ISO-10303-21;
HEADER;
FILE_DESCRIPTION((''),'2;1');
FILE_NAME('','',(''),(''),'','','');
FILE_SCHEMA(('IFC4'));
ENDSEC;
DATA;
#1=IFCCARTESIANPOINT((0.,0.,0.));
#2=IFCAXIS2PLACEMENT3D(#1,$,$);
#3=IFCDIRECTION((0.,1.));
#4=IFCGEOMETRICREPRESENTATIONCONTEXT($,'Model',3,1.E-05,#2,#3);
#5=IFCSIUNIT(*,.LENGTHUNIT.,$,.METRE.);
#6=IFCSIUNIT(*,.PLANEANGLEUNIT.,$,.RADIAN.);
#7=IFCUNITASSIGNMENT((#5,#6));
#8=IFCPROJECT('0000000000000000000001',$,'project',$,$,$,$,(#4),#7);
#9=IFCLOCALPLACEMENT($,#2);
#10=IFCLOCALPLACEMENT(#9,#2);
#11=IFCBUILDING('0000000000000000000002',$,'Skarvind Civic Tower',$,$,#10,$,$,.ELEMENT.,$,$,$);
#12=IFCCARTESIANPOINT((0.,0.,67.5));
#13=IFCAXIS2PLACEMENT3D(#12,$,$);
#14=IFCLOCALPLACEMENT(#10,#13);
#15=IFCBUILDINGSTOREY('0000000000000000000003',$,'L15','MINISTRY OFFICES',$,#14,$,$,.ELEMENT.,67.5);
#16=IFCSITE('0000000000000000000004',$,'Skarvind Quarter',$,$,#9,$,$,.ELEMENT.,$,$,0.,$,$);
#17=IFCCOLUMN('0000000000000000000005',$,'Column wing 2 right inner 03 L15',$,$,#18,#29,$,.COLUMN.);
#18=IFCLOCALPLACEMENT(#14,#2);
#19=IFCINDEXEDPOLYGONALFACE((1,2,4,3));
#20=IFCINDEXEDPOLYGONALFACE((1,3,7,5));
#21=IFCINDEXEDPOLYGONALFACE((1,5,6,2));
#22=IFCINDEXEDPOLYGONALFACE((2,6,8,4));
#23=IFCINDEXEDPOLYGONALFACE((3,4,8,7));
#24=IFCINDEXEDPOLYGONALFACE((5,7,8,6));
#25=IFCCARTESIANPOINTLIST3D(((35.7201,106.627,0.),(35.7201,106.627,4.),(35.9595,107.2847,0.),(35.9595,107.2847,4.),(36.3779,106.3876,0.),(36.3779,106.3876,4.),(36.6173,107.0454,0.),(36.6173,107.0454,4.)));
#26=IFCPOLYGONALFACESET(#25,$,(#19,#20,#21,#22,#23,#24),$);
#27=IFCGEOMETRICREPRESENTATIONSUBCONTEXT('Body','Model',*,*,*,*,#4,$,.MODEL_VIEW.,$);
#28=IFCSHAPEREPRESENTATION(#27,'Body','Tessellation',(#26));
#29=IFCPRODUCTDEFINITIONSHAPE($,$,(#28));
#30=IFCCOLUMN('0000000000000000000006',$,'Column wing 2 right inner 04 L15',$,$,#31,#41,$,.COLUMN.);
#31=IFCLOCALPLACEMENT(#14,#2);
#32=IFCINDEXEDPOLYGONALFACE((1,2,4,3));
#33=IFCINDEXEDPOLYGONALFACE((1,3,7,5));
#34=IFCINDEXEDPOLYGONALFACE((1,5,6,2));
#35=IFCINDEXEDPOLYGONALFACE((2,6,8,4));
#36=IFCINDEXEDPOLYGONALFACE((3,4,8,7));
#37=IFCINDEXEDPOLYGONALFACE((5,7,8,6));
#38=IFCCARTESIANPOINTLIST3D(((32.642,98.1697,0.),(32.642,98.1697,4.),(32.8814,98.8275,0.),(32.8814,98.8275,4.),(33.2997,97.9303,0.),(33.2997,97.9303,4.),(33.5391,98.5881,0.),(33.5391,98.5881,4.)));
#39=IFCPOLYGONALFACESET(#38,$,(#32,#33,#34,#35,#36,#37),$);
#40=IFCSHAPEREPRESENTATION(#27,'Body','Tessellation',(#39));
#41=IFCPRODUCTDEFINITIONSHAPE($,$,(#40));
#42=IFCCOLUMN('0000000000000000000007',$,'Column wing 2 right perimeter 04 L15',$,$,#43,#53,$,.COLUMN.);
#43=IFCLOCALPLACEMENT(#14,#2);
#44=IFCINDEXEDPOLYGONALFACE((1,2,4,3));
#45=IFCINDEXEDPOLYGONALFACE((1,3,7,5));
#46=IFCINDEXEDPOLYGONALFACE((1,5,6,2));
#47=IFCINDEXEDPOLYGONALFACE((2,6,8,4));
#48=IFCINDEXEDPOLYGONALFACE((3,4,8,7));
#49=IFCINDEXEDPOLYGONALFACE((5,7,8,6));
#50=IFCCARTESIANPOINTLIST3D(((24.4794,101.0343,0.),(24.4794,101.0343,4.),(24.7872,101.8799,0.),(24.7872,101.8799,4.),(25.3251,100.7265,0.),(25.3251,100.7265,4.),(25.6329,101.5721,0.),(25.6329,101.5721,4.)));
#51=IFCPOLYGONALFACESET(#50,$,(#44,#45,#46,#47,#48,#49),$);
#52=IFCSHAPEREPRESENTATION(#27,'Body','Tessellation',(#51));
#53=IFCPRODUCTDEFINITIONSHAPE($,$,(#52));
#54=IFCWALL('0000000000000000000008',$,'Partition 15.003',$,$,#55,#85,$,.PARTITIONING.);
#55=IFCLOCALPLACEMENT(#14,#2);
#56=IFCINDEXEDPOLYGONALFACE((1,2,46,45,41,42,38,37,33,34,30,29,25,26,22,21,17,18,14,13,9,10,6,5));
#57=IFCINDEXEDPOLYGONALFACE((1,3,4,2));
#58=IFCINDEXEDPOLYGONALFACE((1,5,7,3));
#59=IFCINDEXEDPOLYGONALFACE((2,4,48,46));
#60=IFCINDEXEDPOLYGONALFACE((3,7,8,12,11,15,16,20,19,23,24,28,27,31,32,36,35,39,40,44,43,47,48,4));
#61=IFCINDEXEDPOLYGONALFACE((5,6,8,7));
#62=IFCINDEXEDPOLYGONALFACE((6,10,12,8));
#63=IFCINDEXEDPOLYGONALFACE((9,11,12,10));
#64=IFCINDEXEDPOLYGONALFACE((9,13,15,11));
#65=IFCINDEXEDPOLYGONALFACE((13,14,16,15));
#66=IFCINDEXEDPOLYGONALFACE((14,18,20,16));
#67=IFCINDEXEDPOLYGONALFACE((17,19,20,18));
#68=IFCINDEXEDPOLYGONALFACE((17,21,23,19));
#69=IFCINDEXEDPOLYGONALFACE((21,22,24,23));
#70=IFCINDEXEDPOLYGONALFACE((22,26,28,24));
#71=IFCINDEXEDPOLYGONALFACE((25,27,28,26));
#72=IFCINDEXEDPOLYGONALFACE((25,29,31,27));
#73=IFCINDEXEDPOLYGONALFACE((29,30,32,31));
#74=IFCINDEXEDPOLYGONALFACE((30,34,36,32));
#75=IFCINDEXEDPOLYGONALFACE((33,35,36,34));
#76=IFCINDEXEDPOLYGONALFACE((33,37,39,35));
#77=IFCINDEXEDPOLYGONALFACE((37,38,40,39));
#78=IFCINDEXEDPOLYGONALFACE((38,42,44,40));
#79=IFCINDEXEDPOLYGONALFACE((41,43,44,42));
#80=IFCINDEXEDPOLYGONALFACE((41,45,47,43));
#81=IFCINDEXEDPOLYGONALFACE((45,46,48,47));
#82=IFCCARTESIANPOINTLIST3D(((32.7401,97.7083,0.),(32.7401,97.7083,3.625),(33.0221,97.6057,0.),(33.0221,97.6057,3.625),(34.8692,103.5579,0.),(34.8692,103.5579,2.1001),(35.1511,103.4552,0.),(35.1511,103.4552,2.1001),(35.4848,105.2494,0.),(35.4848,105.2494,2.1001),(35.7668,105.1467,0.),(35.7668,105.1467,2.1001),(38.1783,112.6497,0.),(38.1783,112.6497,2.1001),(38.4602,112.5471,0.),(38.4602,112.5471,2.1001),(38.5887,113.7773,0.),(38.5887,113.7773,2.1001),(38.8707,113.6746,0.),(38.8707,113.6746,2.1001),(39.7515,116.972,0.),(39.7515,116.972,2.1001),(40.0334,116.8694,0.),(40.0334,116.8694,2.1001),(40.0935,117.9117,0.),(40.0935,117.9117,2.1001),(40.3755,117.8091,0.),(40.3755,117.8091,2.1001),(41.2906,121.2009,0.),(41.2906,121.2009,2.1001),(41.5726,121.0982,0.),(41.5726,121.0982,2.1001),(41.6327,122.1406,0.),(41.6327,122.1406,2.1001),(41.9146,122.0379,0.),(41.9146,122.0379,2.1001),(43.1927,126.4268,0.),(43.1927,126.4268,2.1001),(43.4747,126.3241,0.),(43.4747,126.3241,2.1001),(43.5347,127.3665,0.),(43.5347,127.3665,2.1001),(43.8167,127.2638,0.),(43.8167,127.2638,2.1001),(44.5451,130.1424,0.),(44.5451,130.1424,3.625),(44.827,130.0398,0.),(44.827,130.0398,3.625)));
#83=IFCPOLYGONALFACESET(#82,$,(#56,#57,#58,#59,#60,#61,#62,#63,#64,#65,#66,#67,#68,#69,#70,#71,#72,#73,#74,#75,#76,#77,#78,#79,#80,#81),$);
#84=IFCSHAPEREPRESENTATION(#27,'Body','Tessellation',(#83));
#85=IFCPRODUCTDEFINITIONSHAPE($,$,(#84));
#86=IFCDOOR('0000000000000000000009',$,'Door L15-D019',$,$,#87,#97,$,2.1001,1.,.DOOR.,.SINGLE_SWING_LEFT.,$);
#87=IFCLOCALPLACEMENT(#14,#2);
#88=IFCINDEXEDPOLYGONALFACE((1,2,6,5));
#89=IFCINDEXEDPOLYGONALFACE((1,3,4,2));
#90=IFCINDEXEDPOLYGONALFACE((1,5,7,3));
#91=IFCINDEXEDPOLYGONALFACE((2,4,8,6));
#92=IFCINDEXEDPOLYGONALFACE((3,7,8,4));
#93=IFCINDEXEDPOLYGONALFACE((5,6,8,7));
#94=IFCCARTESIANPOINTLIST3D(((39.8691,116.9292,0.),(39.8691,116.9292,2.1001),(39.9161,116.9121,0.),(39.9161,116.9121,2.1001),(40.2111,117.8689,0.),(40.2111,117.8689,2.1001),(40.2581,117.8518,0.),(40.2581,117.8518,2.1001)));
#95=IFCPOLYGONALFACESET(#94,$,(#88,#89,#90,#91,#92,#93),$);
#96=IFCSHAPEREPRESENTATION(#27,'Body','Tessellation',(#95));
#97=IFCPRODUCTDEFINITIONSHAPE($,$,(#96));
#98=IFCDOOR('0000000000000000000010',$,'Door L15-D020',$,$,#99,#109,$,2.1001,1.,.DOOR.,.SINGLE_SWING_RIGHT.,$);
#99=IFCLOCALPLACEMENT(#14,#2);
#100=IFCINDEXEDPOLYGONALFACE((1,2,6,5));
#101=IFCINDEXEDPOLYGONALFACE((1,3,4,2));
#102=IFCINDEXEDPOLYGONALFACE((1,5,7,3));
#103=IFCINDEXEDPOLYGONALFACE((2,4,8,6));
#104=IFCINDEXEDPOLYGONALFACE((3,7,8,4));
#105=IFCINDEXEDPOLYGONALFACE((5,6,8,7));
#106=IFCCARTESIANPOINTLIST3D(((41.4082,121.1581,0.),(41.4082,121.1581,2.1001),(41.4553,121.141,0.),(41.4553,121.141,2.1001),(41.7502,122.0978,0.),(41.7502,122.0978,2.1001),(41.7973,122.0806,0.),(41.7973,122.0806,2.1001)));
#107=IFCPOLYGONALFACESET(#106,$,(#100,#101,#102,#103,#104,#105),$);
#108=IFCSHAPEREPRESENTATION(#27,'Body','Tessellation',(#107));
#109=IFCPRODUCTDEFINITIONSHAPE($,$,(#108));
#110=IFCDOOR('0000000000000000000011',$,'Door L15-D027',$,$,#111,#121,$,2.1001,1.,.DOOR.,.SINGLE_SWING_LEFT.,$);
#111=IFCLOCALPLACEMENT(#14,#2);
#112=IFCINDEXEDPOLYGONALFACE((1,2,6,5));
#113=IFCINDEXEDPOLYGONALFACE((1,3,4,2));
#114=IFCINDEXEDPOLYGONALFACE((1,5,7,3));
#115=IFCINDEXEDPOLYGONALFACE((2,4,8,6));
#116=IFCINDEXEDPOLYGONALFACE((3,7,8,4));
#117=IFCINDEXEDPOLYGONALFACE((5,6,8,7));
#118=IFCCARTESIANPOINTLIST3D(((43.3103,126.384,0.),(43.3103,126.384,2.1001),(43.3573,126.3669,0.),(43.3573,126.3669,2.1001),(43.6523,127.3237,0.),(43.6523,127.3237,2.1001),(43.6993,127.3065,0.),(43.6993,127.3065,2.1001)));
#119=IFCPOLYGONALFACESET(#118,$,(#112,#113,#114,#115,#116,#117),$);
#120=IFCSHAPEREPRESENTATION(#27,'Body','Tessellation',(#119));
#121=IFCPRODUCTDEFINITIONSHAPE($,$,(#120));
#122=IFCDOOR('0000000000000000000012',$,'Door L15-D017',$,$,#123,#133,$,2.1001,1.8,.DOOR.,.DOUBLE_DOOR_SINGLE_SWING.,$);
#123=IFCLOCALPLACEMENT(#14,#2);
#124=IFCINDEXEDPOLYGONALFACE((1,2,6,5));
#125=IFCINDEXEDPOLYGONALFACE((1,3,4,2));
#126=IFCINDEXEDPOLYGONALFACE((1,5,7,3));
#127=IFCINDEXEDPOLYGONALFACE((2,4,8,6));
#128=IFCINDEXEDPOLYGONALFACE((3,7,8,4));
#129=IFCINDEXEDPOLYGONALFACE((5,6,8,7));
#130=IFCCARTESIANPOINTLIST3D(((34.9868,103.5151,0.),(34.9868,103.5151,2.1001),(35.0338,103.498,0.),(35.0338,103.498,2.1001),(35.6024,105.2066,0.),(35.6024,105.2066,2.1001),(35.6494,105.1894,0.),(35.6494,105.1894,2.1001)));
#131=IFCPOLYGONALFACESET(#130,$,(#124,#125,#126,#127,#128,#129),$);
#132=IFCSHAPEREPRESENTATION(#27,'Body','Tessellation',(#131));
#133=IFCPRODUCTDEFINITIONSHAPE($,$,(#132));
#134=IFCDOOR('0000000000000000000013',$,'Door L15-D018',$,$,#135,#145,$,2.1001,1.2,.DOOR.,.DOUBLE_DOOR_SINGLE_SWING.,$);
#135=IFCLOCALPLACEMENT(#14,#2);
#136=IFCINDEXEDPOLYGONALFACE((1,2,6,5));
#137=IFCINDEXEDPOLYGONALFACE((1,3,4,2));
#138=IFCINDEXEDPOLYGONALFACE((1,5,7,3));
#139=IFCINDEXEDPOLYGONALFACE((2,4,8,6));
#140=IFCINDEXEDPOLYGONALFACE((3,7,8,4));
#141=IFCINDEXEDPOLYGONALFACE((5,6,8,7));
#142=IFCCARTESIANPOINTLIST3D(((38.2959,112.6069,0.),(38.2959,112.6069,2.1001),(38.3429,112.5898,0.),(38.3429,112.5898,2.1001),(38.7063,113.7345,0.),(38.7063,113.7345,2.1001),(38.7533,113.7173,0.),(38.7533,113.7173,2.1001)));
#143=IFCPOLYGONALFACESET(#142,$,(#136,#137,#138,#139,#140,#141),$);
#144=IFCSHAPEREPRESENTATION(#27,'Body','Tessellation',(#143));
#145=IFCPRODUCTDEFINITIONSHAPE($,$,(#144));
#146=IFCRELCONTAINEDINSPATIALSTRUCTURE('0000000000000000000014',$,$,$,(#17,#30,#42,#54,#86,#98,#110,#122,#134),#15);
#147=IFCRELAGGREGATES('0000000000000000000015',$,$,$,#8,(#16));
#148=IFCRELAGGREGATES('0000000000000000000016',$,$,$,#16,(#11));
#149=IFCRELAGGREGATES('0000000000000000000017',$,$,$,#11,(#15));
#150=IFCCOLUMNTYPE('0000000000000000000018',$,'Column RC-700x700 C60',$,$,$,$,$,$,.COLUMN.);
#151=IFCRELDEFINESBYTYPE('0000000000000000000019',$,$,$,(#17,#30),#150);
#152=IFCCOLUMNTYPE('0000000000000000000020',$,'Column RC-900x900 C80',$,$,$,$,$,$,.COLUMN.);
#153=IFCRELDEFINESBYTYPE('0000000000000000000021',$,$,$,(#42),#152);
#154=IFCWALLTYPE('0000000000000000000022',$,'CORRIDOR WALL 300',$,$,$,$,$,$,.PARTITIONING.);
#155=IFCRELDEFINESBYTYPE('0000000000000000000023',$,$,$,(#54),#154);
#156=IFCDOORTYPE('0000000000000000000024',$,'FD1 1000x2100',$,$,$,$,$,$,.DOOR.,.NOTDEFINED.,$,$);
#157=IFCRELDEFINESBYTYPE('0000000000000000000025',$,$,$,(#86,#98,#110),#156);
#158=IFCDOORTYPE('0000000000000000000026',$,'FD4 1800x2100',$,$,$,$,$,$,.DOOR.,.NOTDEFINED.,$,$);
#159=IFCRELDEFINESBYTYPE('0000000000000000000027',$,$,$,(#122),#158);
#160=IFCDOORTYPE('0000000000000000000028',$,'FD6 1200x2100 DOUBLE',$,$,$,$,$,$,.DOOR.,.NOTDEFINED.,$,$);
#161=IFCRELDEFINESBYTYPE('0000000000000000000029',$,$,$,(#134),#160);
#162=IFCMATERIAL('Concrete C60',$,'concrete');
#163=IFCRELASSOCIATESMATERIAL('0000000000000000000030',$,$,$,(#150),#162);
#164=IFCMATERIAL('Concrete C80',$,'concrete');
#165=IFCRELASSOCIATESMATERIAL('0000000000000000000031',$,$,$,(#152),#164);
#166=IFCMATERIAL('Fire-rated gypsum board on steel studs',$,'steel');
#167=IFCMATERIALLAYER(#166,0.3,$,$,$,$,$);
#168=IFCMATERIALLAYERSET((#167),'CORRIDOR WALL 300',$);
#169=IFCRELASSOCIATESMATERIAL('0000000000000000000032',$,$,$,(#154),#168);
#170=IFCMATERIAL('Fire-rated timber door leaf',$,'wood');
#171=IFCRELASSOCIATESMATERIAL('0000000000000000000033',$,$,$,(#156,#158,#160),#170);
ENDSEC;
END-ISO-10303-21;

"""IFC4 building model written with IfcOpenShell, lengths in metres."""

from ifc_helpers import new_model, si_unit, direction, frame, frame_2d, origin, origin_2d, place, context, subcontext, project, spatial, rectangle, extrude, material, layer, layer_set, material_profile, profile_set, type_object, element, fill, save


model = new_model("IFC4")

# Units and contexts
model_context = context("Model", 3, precision=1e-05, world=origin(), true_north=direction((0.0, 1.0)))
body_context = subcontext(model_context, "Body", "Model", "MODEL_VIEW")
ifc_project = project(units=[si_unit("LENGTHUNIT", "METRE"), si_unit("PLANEANGLEUNIT", "RADIAN")], contexts=[model_context])

# Site, building, storey
site_placement = place(None, origin())
site = spatial("IfcSite", under=ifc_project, at=site_placement, Name="Skarvind Quarter", CompositionType="ELEMENT", RefElevation=0.0)
building_placement = place(site_placement, origin())
building = spatial("IfcBuilding", under=site, at=building_placement, Name="Skarvind Civic Tower", CompositionType="ELEMENT")
storey_placement = place(building_placement, frame((0.0, 0.0, 67.5)))
storey = spatial("IfcBuildingStorey", under=building, at=storey_placement, Name="L15", Description="MINISTRY OFFICES", CompositionType="ELEMENT", Elevation=67.5)

# Columns
ifc_material_1 = material(Name="Concrete C60", Category="concrete")
ifc_material_profile_1 = material_profile(ifc_material_1, rectangle(XDim=0.7, YDim=0.7, at=origin_2d()), Name="RC-700x700")
ifc_profile_set_1 = profile_set([ifc_material_profile_1], Name="Concrete C60")
column_type_1 = type_object("IfcColumnType", Name="Column RC-700x700 C60", PredefinedType="COLUMN", material=ifc_profile_set_1)
for number, where, z_axis, x_axis, name in (
    (1, (36.1687, 106.8362, 0.0), (0.0, 0.0, 1.0), (-0.34202, -0.939693, 0.0), "Column wing 2 right inner 03 L15"),
    (2, (33.0906, 98.3789, 0.0), (0.0, 0.0, 1.0), (-0.34202, -0.939693, 0.0), "Column wing 2 right inner 04 L15"),
):
    element("IfcColumn", number, at=place(storey_placement, frame(where, z_axis=z_axis, x_axis=x_axis)), inside=storey, type_object=column_type_1, Name=name, PredefinedType="COLUMN", context=body_context, shape_type="SweptSolid", body=[
        extrude(rectangle(XDim=0.7, YDim=0.7, at=origin_2d()), origin(), (0.0, 0.0, 1.0), 4.0),
    ])
ifc_material_2 = material(Name="Concrete C80", Category="concrete")
ifc_material_profile_2 = material_profile(ifc_material_2, rectangle(XDim=0.8999, YDim=0.8999, at=origin_2d()), Name="RC-900x900")
ifc_profile_set_2 = profile_set([ifc_material_profile_2], Name="Concrete C80")
column_type_2 = type_object("IfcColumnType", Name="Column RC-900x900 C80", PredefinedType="COLUMN", material=ifc_profile_set_2)
column_placement = place(storey_placement, frame((25.0562, 101.3032, 0.0), z_axis=(0.0, 0.0, 1.0), x_axis=(-0.34202, -0.939693, 0.0)))
element("IfcColumn", 3, at=column_placement, inside=storey, type_object=column_type_2, Name="Column wing 2 right perimeter 04 L15", PredefinedType="COLUMN", context=body_context, shape_type="SweptSolid", body=[
    extrude(rectangle(XDim=0.8999, YDim=0.8999, at=origin_2d()), origin(), (0.0, 0.0, 1.0), 4.0),
])

# Wall, openings, doors
ifc_material_3 = material(Name="Fire-rated gypsum board on steel studs", Category="steel")
ifc_layer_1 = layer(ifc_material_3, 0.3)
ifc_layer_set_1 = layer_set([ifc_layer_1], Name="CORRIDOR WALL 300")
wall_type_1 = type_object("IfcWallType", Name="CORRIDOR WALL 300", PredefinedType="PARTITIONING", material=ifc_layer_set_1)
wall_1_placement = place(storey_placement, frame((32.8811, 97.657, 0.0), z_axis=(0.0, 0.0, 1.0), x_axis=(0.342017, 0.939694, 0.0)))
wall_1 = element("IfcWall", 4, at=wall_1_placement, inside=storey, type_object=wall_type_1, Name="Partition 15.003", PredefinedType="PARTITIONING", context=body_context, shape_type="SweptSolid", body=[
    extrude(rectangle(XDim=34.5156, YDim=0.3, at=frame_2d((17.2578, 0.0))), origin(), (0.0, 0.0, 1.0), 3.625),
])
opening_1_placement = place(wall_1_placement, frame((6.2251, 0.0, 0.0)))
opening_1 = element("IfcOpeningElement", 5, at=opening_1_placement, cuts=wall_1, PredefinedType="OPENING", context=body_context, shape_type="SweptSolid", body=[
    extrude(rectangle(XDim=1.8, YDim=2.1001, at=frame_2d((0.8999, 1.05))), frame((0.0, 0.1599, 0.0), z_axis=(0.0, -1.0, 0.0), x_axis=(1.0, 0.0, 0.0)), (0.0, 0.0, 1.0), 0.3201),
])
opening_2_placement = place(wall_1_placement, frame((15.9001, 0.0, 0.0)))
opening_2 = element("IfcOpeningElement", 6, at=opening_2_placement, cuts=wall_1, PredefinedType="OPENING", context=body_context, shape_type="SweptSolid", body=[
    extrude(rectangle(XDim=1.2, YDim=2.1001, at=frame_2d((0.6001, 1.05))), frame((0.0, 0.1599, 0.0), z_axis=(0.0, -1.0, 0.0), x_axis=(1.0, 0.0, 0.0)), (0.0, 0.0, 1.0), 0.3201),
])
opening_3_placement = place(wall_1_placement, frame((20.5, 0.0, 0.0)))
opening_3 = element("IfcOpeningElement", 7, at=opening_3_placement, cuts=wall_1, PredefinedType="OPENING", context=body_context, shape_type="SweptSolid", body=[
    extrude(rectangle(XDim=1.0, YDim=2.1001, at=frame_2d((0.5, 1.05))), frame((0.0, 0.1599, 0.0), z_axis=(0.0, -1.0, 0.0), x_axis=(1.0, 0.0, 0.0)), (0.0, 0.0, 1.0), 0.3201),
])
opening_4_placement = place(wall_1_placement, frame((25.0002, 0.0, 0.0)))
opening_4 = element("IfcOpeningElement", 8, at=opening_4_placement, cuts=wall_1, PredefinedType="OPENING", context=body_context, shape_type="SweptSolid", body=[
    extrude(rectangle(XDim=1.0, YDim=2.1001, at=frame_2d((0.5, 1.05))), frame((0.0, 0.1599, 0.0), z_axis=(0.0, -1.0, 0.0), x_axis=(1.0, 0.0, 0.0)), (0.0, 0.0, 1.0), 0.3201),
])
opening_5_placement = place(wall_1_placement, frame((30.5615, 0.0, 0.0)))
opening_5 = element("IfcOpeningElement", 9, at=opening_5_placement, cuts=wall_1, PredefinedType="OPENING", context=body_context, shape_type="SweptSolid", body=[
    extrude(rectangle(XDim=1.0, YDim=2.1001, at=frame_2d((0.5, 1.05))), frame((0.0, 0.1599, 0.0), z_axis=(0.0, -1.0, 0.0), x_axis=(1.0, 0.0, 0.0)), (0.0, 0.0, 1.0), 0.3201),
])
ifc_material_4 = material(Name="Fire-rated timber door leaf", Category="wood")
door_type_1 = type_object("IfcDoorType", Name="FD1 1000x2100", OperationType="NOTDEFINED", PredefinedType="DOOR", material=ifc_material_4)
door_1_placement = place(opening_3_placement, origin())
door_1 = element("IfcDoor", 10, at=door_1_placement, inside=storey, type_object=door_type_1, Name="Door L15-D019", OperationType="SINGLE_SWING_LEFT", OverallHeight=2.1001, OverallWidth=1.0, PredefinedType="DOOR", context=body_context, shape_type="SweptSolid", body=[
    extrude(rectangle(XDim=1.0, YDim=2.1001, at=frame_2d((0.5, 1.05))), frame((0.0, 0.0249, 0.0), z_axis=(0.0, -1.0, 0.0), x_axis=(1.0, 0.0, 0.0)), (0.0, 0.0, 1.0), 0.05),
])
fill(opening_3, door_1)
door_2_placement = place(opening_4_placement, origin())
door_2 = element("IfcDoor", 11, at=door_2_placement, inside=storey, type_object=door_type_1, Name="Door L15-D020", OperationType="SINGLE_SWING_RIGHT", OverallHeight=2.1001, OverallWidth=1.0, PredefinedType="DOOR", context=body_context, shape_type="SweptSolid", body=[
    extrude(rectangle(XDim=1.0, YDim=2.1001, at=frame_2d((0.5, 1.05))), frame((0.0, 0.0249, 0.0), z_axis=(0.0, -1.0, 0.0), x_axis=(1.0, 0.0, 0.0)), (0.0, 0.0, 1.0), 0.05),
])
fill(opening_4, door_2)
door_3_placement = place(opening_5_placement, origin())
door_3 = element("IfcDoor", 12, at=door_3_placement, inside=storey, type_object=door_type_1, Name="Door L15-D027", OperationType="SINGLE_SWING_LEFT", OverallHeight=2.1001, OverallWidth=1.0, PredefinedType="DOOR", context=body_context, shape_type="SweptSolid", body=[
    extrude(rectangle(XDim=1.0, YDim=2.1001, at=frame_2d((0.5, 1.05))), frame((0.0, 0.0249, 0.0), z_axis=(0.0, -1.0, 0.0), x_axis=(1.0, 0.0, 0.0)), (0.0, 0.0, 1.0), 0.05),
])
fill(opening_5, door_3)
door_type_2 = type_object("IfcDoorType", Name="FD4 1800x2100", OperationType="NOTDEFINED", PredefinedType="DOOR", material=ifc_material_4)
door_4_placement = place(opening_1_placement, origin())
door_4 = element("IfcDoor", 13, at=door_4_placement, inside=storey, type_object=door_type_2, Name="Door L15-D017", OperationType="DOUBLE_DOOR_SINGLE_SWING", OverallHeight=2.1001, OverallWidth=1.8, PredefinedType="DOOR", context=body_context, shape_type="SweptSolid", body=[
    extrude(rectangle(XDim=1.8, YDim=2.1001, at=frame_2d((0.8999, 1.05))), frame((0.0, 0.0249, 0.0), z_axis=(0.0, -1.0, 0.0), x_axis=(1.0, 0.0, 0.0)), (0.0, 0.0, 1.0), 0.05),
])
fill(opening_1, door_4)
door_type_3 = type_object("IfcDoorType", Name="FD6 1200x2100 DOUBLE", OperationType="NOTDEFINED", PredefinedType="DOOR", material=ifc_material_4)
door_5_placement = place(opening_2_placement, origin())
door_5 = element("IfcDoor", 14, at=door_5_placement, inside=storey, type_object=door_type_3, Name="Door L15-D018", OperationType="DOUBLE_DOOR_SINGLE_SWING", OverallHeight=2.1001, OverallWidth=1.2, PredefinedType="DOOR", context=body_context, shape_type="SweptSolid", body=[
    extrude(rectangle(XDim=1.2, YDim=2.1001, at=frame_2d((0.6001, 1.05))), frame((0.0, 0.0249, 0.0), z_axis=(0.0, -1.0, 0.0), x_axis=(1.0, 0.0, 0.0)), (0.0, 0.0, 1.0), 0.05),
])
fill(opening_2, door_5)

save(model, "model.ifc")
